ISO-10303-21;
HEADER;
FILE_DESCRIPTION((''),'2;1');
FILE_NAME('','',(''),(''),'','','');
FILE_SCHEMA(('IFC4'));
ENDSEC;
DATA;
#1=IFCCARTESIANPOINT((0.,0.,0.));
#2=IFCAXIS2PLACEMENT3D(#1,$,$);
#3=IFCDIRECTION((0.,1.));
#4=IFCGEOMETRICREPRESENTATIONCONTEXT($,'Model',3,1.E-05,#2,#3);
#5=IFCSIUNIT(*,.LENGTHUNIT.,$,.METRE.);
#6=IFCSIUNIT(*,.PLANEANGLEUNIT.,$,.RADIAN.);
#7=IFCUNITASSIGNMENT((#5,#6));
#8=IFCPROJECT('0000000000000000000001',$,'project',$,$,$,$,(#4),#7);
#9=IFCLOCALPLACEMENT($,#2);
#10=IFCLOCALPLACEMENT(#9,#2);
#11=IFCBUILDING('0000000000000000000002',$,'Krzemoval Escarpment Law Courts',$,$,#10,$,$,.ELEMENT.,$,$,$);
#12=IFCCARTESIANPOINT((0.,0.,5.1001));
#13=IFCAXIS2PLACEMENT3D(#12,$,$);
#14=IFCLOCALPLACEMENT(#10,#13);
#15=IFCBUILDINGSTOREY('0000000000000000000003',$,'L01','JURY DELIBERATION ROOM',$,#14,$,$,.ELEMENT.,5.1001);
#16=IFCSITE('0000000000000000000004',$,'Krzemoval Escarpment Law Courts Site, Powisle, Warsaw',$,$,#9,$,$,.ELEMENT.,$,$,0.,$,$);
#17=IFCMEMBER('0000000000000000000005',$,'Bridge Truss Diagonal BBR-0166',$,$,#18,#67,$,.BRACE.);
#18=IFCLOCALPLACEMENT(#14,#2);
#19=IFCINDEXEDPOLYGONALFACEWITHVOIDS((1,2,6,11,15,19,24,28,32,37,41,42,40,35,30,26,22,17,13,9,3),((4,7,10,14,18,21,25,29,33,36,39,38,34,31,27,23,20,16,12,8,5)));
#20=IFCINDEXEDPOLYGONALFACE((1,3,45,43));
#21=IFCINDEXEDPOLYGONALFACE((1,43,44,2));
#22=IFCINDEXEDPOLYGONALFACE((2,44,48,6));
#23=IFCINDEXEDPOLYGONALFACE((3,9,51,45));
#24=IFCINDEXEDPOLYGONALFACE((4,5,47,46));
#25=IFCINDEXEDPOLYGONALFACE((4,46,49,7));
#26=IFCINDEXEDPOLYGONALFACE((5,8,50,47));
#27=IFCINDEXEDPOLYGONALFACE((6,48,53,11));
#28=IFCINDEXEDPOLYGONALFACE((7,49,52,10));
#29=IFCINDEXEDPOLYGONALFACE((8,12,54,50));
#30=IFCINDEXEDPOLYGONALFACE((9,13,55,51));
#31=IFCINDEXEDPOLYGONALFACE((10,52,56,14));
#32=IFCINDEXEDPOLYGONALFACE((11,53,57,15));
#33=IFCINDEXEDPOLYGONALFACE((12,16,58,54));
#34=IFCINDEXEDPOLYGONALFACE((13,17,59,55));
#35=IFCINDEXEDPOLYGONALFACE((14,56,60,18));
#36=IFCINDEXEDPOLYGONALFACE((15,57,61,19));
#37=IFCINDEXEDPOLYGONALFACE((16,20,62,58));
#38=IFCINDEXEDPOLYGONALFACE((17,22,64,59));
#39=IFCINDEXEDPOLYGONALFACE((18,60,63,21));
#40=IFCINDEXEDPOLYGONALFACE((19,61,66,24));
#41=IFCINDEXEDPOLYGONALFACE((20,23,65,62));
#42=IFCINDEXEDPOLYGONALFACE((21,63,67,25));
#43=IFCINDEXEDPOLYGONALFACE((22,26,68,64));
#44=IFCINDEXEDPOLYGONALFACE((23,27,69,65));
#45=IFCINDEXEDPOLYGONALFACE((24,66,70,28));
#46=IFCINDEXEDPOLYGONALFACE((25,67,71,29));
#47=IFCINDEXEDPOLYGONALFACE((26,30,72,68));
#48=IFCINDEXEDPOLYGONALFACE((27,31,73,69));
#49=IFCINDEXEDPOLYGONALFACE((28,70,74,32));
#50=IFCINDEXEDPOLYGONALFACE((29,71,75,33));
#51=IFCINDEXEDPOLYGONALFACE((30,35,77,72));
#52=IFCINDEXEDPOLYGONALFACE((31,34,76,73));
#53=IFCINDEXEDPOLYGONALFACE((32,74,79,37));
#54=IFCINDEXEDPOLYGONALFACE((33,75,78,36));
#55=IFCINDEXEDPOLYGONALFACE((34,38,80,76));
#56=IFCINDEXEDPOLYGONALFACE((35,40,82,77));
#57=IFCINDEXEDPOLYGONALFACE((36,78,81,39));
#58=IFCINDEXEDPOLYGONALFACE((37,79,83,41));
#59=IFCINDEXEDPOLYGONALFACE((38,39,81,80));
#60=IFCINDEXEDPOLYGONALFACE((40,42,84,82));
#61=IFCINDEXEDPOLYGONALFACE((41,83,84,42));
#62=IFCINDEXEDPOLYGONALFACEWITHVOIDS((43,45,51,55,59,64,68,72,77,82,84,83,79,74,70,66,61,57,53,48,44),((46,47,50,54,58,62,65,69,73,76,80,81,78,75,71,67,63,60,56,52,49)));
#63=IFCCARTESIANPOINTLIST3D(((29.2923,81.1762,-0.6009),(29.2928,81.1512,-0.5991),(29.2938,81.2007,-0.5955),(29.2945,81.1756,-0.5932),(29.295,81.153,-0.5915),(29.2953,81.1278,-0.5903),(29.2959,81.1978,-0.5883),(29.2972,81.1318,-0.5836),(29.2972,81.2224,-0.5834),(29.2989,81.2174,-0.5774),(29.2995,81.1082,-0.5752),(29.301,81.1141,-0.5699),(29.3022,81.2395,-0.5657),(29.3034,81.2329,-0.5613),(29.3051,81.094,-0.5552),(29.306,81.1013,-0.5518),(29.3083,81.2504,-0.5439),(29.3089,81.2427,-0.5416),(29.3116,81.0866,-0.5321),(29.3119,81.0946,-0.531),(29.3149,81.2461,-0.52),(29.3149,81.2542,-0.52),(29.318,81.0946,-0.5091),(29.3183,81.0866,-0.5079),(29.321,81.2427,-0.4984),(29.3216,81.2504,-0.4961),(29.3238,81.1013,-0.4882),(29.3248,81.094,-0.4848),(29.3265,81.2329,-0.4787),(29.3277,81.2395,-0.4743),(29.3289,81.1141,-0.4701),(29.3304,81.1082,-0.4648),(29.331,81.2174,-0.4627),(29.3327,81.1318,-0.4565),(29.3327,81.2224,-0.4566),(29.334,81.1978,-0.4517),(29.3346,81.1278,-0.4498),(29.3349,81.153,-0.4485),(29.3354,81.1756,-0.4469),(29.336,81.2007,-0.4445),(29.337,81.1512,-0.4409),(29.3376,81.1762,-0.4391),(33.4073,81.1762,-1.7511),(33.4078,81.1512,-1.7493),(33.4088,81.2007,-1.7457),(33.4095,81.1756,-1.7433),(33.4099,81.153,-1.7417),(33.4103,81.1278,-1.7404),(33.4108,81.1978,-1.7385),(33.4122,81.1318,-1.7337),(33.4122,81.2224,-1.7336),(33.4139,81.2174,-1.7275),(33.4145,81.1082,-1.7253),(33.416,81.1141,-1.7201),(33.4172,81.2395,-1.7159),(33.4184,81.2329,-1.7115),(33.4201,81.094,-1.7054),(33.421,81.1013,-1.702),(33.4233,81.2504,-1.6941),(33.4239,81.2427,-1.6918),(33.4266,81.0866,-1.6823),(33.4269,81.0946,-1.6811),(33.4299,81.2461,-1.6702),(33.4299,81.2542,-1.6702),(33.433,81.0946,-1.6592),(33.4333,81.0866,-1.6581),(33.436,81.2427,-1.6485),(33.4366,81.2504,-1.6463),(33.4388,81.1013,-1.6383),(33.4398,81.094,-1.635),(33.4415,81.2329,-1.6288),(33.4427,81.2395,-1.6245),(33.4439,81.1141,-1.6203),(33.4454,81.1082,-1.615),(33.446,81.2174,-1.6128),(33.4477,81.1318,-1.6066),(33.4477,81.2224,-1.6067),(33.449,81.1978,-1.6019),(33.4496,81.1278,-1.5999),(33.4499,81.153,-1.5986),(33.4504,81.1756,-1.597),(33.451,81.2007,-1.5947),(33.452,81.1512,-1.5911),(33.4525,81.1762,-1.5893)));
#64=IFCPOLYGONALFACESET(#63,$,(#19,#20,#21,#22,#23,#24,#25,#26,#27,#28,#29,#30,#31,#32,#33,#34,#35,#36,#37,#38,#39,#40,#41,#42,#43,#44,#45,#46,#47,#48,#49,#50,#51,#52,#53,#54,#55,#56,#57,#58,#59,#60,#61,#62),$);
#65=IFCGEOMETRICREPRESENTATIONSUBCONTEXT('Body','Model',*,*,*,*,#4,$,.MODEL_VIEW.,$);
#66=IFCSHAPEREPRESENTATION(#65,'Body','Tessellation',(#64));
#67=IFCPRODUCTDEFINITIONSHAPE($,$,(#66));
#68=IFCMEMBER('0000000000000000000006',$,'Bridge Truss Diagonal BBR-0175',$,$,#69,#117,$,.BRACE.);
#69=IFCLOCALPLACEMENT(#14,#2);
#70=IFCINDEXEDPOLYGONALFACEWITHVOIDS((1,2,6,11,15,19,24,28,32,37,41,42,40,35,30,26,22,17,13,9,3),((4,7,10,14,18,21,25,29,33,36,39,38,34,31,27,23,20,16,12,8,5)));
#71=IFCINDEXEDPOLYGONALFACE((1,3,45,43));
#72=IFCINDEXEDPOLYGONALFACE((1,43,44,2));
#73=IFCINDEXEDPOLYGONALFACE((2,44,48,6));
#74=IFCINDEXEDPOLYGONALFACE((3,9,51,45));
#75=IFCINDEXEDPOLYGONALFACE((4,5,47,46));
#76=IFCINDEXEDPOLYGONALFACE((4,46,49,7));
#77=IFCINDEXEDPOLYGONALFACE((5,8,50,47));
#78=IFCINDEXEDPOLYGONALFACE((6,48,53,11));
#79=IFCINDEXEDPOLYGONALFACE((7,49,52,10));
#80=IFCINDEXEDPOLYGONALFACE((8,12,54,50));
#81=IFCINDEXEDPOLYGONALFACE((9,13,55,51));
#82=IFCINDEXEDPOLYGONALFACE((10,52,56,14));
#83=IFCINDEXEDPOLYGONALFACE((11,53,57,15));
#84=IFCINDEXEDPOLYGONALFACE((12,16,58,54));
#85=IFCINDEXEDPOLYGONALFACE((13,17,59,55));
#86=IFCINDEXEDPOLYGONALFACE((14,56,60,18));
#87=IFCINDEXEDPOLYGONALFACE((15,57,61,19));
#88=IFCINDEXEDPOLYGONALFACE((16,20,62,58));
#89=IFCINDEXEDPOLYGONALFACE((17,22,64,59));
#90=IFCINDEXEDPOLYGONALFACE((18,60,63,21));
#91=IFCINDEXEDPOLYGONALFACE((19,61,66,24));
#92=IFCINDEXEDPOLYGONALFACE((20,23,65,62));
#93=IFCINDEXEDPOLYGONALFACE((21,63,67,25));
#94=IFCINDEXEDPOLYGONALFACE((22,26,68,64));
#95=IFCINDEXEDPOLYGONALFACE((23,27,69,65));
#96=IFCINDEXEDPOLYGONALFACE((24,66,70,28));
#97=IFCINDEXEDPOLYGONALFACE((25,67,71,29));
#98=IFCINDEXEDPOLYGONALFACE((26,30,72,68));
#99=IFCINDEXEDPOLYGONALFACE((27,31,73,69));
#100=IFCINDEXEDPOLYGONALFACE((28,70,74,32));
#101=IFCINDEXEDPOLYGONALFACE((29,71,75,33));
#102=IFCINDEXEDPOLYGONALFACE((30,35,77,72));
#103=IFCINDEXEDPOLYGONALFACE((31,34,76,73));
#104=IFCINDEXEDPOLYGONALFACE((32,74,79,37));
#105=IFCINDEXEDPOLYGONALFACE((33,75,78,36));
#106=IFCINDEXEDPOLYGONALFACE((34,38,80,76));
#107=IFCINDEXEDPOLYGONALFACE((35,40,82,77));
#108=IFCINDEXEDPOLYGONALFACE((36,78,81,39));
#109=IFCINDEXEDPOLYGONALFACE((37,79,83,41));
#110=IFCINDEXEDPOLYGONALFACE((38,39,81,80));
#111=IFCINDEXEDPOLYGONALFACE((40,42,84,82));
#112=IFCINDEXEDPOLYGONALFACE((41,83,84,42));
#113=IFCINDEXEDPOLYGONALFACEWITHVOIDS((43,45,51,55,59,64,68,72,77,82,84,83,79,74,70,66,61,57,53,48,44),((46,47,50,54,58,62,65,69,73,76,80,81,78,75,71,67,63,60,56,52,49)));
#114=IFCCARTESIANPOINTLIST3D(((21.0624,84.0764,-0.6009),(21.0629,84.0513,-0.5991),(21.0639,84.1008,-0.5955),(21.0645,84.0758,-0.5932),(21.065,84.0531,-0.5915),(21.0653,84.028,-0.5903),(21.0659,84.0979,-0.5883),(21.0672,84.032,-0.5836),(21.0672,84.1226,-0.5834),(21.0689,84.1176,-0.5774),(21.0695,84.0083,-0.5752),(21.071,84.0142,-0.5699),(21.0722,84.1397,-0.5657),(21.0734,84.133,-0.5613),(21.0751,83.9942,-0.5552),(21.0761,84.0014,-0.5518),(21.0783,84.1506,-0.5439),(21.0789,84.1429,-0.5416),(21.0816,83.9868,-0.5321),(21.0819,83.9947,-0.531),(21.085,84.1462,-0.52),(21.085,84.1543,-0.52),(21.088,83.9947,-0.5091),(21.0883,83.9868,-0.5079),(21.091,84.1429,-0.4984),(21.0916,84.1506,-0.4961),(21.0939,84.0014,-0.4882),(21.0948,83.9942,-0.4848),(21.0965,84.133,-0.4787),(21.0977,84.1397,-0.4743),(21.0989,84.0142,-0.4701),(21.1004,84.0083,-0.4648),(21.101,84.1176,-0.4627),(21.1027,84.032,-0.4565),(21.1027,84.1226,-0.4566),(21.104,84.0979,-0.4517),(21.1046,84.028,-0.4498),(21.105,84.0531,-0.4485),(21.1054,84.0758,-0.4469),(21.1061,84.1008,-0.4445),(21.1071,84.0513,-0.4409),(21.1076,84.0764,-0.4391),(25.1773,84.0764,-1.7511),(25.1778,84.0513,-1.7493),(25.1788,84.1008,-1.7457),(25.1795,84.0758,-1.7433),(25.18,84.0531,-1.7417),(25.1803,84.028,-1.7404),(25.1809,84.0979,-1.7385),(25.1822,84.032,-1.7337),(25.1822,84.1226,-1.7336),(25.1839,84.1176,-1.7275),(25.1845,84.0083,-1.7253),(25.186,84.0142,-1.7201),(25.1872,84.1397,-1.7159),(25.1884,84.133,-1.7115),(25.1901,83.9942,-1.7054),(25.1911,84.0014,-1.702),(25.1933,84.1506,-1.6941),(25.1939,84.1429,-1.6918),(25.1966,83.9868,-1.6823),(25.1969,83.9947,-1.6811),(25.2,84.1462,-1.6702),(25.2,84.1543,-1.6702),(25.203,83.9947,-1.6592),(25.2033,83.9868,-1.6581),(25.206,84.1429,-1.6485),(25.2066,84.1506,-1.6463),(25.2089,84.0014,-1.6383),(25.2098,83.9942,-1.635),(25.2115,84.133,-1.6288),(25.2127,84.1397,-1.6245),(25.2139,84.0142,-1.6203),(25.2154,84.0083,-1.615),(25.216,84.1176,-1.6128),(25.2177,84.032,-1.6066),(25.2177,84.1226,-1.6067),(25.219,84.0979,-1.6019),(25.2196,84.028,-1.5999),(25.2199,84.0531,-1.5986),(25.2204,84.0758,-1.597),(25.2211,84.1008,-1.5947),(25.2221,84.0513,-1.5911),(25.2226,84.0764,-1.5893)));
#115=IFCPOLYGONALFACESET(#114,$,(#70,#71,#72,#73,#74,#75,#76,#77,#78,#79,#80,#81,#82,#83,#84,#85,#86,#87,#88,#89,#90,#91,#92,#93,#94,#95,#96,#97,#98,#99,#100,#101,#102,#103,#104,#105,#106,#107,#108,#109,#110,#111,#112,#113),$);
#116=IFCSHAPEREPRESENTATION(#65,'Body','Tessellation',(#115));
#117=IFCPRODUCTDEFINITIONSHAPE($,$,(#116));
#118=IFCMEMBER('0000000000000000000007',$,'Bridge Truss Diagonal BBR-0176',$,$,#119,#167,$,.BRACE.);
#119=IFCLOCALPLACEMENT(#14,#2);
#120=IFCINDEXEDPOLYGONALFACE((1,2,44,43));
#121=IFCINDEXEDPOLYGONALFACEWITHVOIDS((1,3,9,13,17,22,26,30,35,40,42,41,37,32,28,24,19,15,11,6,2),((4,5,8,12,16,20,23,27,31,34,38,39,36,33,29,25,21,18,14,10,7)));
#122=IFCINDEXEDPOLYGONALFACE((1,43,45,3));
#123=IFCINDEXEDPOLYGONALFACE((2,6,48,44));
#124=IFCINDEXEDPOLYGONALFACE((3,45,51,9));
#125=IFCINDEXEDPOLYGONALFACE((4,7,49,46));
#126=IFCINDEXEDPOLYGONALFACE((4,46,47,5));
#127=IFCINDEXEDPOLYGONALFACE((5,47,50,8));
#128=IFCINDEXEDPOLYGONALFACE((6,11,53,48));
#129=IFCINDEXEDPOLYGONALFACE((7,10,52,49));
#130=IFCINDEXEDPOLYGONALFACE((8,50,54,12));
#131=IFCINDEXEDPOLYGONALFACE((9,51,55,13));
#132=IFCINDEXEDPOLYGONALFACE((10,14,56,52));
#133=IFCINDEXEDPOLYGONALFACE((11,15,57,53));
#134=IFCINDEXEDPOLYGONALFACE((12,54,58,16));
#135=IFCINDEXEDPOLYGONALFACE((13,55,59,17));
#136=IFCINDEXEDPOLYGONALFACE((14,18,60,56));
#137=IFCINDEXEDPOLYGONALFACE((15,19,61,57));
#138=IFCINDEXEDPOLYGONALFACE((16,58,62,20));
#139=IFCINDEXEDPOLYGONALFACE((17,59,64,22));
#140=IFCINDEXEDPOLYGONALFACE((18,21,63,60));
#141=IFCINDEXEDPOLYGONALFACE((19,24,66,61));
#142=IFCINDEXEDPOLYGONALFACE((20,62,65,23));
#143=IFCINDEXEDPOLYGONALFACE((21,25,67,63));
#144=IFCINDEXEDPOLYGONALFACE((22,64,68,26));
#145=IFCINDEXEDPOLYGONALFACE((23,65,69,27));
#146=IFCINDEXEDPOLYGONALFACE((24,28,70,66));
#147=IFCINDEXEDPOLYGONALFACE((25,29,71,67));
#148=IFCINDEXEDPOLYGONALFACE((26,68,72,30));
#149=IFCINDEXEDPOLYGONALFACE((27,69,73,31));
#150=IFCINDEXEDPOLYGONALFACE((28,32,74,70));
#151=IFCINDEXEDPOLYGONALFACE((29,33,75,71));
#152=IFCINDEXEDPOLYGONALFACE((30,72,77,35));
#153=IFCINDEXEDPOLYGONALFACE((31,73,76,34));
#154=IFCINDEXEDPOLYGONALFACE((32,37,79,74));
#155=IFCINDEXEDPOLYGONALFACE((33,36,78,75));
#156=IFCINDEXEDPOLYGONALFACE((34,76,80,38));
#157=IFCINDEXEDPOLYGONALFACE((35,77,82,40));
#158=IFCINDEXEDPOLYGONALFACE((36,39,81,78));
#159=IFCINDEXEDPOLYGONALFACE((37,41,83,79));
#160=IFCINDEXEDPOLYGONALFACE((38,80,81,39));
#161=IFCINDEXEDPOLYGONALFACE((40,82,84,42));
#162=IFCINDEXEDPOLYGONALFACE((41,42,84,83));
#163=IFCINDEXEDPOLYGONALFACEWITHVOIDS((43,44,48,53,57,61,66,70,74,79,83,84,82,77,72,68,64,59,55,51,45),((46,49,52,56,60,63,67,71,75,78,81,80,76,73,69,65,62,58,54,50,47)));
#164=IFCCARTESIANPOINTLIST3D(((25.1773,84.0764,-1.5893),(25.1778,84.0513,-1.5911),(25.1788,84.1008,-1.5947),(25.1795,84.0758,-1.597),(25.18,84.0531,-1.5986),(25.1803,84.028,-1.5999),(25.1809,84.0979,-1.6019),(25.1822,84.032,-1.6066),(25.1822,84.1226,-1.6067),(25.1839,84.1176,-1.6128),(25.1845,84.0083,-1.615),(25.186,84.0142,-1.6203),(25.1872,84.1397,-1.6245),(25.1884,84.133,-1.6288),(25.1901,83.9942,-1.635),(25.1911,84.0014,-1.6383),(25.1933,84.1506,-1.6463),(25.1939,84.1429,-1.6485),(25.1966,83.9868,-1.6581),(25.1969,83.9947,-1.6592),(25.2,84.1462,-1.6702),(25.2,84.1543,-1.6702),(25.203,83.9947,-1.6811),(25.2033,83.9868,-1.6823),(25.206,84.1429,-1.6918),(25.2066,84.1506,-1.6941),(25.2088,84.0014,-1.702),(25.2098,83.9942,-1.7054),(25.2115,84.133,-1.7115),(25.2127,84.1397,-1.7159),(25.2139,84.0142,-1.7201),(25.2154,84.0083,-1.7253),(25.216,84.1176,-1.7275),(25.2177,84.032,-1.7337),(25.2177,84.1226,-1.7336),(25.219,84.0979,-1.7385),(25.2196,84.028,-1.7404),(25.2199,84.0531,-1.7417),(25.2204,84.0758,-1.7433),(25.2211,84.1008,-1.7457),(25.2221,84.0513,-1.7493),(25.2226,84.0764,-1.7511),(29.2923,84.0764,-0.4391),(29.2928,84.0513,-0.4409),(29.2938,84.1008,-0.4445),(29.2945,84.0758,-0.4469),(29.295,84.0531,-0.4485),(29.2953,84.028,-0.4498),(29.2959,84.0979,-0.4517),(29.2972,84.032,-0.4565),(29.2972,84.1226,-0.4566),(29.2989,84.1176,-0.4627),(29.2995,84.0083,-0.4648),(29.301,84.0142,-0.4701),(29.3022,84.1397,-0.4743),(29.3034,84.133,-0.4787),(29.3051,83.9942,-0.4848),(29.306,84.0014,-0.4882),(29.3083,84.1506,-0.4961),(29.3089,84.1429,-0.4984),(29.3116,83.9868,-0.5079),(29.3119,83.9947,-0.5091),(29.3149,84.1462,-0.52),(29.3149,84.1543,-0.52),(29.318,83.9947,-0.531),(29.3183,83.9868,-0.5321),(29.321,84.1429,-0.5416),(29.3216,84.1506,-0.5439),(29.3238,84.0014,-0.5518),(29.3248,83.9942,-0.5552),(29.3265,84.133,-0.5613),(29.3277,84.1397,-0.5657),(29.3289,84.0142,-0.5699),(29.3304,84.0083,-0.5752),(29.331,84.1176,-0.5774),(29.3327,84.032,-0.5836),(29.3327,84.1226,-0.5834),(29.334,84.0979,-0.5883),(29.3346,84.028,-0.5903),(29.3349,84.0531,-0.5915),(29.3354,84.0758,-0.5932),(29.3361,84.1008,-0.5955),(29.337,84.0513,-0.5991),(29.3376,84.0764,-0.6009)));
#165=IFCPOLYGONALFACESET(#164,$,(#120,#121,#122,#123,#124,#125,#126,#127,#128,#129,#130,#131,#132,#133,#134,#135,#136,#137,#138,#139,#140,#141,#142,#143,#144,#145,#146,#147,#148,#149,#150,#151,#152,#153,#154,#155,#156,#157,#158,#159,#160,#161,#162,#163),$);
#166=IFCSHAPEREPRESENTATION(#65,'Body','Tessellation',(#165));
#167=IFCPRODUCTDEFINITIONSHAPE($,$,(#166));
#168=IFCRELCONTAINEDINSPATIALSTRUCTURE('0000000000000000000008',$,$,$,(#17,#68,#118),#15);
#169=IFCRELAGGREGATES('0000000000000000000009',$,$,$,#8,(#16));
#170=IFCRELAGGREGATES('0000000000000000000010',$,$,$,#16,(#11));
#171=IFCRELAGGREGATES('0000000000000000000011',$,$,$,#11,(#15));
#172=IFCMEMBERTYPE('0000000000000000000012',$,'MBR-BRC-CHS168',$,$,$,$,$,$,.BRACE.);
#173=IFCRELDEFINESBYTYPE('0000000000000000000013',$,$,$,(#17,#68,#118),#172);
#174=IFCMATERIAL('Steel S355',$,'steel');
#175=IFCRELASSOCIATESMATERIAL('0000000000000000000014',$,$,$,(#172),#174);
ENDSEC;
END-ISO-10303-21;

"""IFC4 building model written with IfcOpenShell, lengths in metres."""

from ifc_helpers import new_model, si_unit, direction, frame, origin, origin_2d, place, context, subcontext, project, spatial, hollow_circle, extrude, material, material_profile, profile_set, type_object, element, save


model = new_model("IFC4")

# Units and contexts
model_context = context("Model", 3, precision=1e-05, world=origin(), true_north=direction((0.0, 1.0)))
body_context = subcontext(model_context, "Body", "Model", "MODEL_VIEW")
ifc_project = project(units=[si_unit("LENGTHUNIT", "METRE"), si_unit("PLANEANGLEUNIT", "RADIAN")], contexts=[model_context])

# Site, building, storey
site_placement = place(None, origin())
site = spatial("IfcSite", under=ifc_project, at=site_placement, Name="Krzemoval Escarpment Law Courts Site, Powisle, Warsaw", CompositionType="ELEMENT", RefElevation=0.0)
building_placement = place(site_placement, origin())
building = spatial("IfcBuilding", under=site, at=building_placement, Name="Krzemoval Escarpment Law Courts", CompositionType="ELEMENT")
storey_placement = place(building_placement, frame((0.0, 0.0, 5.1001)))
storey = spatial("IfcBuildingStorey", under=building, at=storey_placement, Name="L01", Description="JURY DELIBERATION ROOM", CompositionType="ELEMENT", Elevation=5.1001)

# Members
ifc_material_1 = material(Name="Steel S355", Category="steel")
ifc_material_profile_1 = material_profile(ifc_material_1, hollow_circle(Radius=0.0842, WallThickness=0.0081, at=origin_2d()), Name="CHS 168.3x8")
ifc_profile_set_1 = profile_set([ifc_material_profile_1], Name="Steel S355")
member_type_1 = type_object("IfcMemberType", Name="MBR-BRC-CHS168", PredefinedType="BRACE", material=ifc_profile_set_1)
for number, where, z_axis, x_axis, name in (
    (1, (29.3149, 81.1699, -0.52), (0.963089, 0.0, -0.269185), (0.0, 1.0, 0.0), "Bridge Truss Diagonal BBR-0166"),
    (2, (21.085, 84.0701, -0.52), (0.963089, 0.0, -0.269185), (0.0, 1.0, 0.0), "Bridge Truss Diagonal BBR-0175"),
    (3, (25.2, 84.0701, -1.6702), (0.963089, 0.0, 0.269185), (0.0, 1.0, 0.0), "Bridge Truss Diagonal BBR-0176"),
):
    element("IfcMember", number, at=place(storey_placement, frame(where, z_axis=z_axis, x_axis=x_axis)), inside=storey, type_object=member_type_1, Name=name, PredefinedType="BRACE", context=body_context, shape_type="SweptSolid", body=[
        extrude(hollow_circle(Radius=0.0842, WallThickness=0.0081, at=origin_2d()), origin(), (0.0, 0.0, 1.0), 4.2727),
    ])

save(model, "model.ifc")
